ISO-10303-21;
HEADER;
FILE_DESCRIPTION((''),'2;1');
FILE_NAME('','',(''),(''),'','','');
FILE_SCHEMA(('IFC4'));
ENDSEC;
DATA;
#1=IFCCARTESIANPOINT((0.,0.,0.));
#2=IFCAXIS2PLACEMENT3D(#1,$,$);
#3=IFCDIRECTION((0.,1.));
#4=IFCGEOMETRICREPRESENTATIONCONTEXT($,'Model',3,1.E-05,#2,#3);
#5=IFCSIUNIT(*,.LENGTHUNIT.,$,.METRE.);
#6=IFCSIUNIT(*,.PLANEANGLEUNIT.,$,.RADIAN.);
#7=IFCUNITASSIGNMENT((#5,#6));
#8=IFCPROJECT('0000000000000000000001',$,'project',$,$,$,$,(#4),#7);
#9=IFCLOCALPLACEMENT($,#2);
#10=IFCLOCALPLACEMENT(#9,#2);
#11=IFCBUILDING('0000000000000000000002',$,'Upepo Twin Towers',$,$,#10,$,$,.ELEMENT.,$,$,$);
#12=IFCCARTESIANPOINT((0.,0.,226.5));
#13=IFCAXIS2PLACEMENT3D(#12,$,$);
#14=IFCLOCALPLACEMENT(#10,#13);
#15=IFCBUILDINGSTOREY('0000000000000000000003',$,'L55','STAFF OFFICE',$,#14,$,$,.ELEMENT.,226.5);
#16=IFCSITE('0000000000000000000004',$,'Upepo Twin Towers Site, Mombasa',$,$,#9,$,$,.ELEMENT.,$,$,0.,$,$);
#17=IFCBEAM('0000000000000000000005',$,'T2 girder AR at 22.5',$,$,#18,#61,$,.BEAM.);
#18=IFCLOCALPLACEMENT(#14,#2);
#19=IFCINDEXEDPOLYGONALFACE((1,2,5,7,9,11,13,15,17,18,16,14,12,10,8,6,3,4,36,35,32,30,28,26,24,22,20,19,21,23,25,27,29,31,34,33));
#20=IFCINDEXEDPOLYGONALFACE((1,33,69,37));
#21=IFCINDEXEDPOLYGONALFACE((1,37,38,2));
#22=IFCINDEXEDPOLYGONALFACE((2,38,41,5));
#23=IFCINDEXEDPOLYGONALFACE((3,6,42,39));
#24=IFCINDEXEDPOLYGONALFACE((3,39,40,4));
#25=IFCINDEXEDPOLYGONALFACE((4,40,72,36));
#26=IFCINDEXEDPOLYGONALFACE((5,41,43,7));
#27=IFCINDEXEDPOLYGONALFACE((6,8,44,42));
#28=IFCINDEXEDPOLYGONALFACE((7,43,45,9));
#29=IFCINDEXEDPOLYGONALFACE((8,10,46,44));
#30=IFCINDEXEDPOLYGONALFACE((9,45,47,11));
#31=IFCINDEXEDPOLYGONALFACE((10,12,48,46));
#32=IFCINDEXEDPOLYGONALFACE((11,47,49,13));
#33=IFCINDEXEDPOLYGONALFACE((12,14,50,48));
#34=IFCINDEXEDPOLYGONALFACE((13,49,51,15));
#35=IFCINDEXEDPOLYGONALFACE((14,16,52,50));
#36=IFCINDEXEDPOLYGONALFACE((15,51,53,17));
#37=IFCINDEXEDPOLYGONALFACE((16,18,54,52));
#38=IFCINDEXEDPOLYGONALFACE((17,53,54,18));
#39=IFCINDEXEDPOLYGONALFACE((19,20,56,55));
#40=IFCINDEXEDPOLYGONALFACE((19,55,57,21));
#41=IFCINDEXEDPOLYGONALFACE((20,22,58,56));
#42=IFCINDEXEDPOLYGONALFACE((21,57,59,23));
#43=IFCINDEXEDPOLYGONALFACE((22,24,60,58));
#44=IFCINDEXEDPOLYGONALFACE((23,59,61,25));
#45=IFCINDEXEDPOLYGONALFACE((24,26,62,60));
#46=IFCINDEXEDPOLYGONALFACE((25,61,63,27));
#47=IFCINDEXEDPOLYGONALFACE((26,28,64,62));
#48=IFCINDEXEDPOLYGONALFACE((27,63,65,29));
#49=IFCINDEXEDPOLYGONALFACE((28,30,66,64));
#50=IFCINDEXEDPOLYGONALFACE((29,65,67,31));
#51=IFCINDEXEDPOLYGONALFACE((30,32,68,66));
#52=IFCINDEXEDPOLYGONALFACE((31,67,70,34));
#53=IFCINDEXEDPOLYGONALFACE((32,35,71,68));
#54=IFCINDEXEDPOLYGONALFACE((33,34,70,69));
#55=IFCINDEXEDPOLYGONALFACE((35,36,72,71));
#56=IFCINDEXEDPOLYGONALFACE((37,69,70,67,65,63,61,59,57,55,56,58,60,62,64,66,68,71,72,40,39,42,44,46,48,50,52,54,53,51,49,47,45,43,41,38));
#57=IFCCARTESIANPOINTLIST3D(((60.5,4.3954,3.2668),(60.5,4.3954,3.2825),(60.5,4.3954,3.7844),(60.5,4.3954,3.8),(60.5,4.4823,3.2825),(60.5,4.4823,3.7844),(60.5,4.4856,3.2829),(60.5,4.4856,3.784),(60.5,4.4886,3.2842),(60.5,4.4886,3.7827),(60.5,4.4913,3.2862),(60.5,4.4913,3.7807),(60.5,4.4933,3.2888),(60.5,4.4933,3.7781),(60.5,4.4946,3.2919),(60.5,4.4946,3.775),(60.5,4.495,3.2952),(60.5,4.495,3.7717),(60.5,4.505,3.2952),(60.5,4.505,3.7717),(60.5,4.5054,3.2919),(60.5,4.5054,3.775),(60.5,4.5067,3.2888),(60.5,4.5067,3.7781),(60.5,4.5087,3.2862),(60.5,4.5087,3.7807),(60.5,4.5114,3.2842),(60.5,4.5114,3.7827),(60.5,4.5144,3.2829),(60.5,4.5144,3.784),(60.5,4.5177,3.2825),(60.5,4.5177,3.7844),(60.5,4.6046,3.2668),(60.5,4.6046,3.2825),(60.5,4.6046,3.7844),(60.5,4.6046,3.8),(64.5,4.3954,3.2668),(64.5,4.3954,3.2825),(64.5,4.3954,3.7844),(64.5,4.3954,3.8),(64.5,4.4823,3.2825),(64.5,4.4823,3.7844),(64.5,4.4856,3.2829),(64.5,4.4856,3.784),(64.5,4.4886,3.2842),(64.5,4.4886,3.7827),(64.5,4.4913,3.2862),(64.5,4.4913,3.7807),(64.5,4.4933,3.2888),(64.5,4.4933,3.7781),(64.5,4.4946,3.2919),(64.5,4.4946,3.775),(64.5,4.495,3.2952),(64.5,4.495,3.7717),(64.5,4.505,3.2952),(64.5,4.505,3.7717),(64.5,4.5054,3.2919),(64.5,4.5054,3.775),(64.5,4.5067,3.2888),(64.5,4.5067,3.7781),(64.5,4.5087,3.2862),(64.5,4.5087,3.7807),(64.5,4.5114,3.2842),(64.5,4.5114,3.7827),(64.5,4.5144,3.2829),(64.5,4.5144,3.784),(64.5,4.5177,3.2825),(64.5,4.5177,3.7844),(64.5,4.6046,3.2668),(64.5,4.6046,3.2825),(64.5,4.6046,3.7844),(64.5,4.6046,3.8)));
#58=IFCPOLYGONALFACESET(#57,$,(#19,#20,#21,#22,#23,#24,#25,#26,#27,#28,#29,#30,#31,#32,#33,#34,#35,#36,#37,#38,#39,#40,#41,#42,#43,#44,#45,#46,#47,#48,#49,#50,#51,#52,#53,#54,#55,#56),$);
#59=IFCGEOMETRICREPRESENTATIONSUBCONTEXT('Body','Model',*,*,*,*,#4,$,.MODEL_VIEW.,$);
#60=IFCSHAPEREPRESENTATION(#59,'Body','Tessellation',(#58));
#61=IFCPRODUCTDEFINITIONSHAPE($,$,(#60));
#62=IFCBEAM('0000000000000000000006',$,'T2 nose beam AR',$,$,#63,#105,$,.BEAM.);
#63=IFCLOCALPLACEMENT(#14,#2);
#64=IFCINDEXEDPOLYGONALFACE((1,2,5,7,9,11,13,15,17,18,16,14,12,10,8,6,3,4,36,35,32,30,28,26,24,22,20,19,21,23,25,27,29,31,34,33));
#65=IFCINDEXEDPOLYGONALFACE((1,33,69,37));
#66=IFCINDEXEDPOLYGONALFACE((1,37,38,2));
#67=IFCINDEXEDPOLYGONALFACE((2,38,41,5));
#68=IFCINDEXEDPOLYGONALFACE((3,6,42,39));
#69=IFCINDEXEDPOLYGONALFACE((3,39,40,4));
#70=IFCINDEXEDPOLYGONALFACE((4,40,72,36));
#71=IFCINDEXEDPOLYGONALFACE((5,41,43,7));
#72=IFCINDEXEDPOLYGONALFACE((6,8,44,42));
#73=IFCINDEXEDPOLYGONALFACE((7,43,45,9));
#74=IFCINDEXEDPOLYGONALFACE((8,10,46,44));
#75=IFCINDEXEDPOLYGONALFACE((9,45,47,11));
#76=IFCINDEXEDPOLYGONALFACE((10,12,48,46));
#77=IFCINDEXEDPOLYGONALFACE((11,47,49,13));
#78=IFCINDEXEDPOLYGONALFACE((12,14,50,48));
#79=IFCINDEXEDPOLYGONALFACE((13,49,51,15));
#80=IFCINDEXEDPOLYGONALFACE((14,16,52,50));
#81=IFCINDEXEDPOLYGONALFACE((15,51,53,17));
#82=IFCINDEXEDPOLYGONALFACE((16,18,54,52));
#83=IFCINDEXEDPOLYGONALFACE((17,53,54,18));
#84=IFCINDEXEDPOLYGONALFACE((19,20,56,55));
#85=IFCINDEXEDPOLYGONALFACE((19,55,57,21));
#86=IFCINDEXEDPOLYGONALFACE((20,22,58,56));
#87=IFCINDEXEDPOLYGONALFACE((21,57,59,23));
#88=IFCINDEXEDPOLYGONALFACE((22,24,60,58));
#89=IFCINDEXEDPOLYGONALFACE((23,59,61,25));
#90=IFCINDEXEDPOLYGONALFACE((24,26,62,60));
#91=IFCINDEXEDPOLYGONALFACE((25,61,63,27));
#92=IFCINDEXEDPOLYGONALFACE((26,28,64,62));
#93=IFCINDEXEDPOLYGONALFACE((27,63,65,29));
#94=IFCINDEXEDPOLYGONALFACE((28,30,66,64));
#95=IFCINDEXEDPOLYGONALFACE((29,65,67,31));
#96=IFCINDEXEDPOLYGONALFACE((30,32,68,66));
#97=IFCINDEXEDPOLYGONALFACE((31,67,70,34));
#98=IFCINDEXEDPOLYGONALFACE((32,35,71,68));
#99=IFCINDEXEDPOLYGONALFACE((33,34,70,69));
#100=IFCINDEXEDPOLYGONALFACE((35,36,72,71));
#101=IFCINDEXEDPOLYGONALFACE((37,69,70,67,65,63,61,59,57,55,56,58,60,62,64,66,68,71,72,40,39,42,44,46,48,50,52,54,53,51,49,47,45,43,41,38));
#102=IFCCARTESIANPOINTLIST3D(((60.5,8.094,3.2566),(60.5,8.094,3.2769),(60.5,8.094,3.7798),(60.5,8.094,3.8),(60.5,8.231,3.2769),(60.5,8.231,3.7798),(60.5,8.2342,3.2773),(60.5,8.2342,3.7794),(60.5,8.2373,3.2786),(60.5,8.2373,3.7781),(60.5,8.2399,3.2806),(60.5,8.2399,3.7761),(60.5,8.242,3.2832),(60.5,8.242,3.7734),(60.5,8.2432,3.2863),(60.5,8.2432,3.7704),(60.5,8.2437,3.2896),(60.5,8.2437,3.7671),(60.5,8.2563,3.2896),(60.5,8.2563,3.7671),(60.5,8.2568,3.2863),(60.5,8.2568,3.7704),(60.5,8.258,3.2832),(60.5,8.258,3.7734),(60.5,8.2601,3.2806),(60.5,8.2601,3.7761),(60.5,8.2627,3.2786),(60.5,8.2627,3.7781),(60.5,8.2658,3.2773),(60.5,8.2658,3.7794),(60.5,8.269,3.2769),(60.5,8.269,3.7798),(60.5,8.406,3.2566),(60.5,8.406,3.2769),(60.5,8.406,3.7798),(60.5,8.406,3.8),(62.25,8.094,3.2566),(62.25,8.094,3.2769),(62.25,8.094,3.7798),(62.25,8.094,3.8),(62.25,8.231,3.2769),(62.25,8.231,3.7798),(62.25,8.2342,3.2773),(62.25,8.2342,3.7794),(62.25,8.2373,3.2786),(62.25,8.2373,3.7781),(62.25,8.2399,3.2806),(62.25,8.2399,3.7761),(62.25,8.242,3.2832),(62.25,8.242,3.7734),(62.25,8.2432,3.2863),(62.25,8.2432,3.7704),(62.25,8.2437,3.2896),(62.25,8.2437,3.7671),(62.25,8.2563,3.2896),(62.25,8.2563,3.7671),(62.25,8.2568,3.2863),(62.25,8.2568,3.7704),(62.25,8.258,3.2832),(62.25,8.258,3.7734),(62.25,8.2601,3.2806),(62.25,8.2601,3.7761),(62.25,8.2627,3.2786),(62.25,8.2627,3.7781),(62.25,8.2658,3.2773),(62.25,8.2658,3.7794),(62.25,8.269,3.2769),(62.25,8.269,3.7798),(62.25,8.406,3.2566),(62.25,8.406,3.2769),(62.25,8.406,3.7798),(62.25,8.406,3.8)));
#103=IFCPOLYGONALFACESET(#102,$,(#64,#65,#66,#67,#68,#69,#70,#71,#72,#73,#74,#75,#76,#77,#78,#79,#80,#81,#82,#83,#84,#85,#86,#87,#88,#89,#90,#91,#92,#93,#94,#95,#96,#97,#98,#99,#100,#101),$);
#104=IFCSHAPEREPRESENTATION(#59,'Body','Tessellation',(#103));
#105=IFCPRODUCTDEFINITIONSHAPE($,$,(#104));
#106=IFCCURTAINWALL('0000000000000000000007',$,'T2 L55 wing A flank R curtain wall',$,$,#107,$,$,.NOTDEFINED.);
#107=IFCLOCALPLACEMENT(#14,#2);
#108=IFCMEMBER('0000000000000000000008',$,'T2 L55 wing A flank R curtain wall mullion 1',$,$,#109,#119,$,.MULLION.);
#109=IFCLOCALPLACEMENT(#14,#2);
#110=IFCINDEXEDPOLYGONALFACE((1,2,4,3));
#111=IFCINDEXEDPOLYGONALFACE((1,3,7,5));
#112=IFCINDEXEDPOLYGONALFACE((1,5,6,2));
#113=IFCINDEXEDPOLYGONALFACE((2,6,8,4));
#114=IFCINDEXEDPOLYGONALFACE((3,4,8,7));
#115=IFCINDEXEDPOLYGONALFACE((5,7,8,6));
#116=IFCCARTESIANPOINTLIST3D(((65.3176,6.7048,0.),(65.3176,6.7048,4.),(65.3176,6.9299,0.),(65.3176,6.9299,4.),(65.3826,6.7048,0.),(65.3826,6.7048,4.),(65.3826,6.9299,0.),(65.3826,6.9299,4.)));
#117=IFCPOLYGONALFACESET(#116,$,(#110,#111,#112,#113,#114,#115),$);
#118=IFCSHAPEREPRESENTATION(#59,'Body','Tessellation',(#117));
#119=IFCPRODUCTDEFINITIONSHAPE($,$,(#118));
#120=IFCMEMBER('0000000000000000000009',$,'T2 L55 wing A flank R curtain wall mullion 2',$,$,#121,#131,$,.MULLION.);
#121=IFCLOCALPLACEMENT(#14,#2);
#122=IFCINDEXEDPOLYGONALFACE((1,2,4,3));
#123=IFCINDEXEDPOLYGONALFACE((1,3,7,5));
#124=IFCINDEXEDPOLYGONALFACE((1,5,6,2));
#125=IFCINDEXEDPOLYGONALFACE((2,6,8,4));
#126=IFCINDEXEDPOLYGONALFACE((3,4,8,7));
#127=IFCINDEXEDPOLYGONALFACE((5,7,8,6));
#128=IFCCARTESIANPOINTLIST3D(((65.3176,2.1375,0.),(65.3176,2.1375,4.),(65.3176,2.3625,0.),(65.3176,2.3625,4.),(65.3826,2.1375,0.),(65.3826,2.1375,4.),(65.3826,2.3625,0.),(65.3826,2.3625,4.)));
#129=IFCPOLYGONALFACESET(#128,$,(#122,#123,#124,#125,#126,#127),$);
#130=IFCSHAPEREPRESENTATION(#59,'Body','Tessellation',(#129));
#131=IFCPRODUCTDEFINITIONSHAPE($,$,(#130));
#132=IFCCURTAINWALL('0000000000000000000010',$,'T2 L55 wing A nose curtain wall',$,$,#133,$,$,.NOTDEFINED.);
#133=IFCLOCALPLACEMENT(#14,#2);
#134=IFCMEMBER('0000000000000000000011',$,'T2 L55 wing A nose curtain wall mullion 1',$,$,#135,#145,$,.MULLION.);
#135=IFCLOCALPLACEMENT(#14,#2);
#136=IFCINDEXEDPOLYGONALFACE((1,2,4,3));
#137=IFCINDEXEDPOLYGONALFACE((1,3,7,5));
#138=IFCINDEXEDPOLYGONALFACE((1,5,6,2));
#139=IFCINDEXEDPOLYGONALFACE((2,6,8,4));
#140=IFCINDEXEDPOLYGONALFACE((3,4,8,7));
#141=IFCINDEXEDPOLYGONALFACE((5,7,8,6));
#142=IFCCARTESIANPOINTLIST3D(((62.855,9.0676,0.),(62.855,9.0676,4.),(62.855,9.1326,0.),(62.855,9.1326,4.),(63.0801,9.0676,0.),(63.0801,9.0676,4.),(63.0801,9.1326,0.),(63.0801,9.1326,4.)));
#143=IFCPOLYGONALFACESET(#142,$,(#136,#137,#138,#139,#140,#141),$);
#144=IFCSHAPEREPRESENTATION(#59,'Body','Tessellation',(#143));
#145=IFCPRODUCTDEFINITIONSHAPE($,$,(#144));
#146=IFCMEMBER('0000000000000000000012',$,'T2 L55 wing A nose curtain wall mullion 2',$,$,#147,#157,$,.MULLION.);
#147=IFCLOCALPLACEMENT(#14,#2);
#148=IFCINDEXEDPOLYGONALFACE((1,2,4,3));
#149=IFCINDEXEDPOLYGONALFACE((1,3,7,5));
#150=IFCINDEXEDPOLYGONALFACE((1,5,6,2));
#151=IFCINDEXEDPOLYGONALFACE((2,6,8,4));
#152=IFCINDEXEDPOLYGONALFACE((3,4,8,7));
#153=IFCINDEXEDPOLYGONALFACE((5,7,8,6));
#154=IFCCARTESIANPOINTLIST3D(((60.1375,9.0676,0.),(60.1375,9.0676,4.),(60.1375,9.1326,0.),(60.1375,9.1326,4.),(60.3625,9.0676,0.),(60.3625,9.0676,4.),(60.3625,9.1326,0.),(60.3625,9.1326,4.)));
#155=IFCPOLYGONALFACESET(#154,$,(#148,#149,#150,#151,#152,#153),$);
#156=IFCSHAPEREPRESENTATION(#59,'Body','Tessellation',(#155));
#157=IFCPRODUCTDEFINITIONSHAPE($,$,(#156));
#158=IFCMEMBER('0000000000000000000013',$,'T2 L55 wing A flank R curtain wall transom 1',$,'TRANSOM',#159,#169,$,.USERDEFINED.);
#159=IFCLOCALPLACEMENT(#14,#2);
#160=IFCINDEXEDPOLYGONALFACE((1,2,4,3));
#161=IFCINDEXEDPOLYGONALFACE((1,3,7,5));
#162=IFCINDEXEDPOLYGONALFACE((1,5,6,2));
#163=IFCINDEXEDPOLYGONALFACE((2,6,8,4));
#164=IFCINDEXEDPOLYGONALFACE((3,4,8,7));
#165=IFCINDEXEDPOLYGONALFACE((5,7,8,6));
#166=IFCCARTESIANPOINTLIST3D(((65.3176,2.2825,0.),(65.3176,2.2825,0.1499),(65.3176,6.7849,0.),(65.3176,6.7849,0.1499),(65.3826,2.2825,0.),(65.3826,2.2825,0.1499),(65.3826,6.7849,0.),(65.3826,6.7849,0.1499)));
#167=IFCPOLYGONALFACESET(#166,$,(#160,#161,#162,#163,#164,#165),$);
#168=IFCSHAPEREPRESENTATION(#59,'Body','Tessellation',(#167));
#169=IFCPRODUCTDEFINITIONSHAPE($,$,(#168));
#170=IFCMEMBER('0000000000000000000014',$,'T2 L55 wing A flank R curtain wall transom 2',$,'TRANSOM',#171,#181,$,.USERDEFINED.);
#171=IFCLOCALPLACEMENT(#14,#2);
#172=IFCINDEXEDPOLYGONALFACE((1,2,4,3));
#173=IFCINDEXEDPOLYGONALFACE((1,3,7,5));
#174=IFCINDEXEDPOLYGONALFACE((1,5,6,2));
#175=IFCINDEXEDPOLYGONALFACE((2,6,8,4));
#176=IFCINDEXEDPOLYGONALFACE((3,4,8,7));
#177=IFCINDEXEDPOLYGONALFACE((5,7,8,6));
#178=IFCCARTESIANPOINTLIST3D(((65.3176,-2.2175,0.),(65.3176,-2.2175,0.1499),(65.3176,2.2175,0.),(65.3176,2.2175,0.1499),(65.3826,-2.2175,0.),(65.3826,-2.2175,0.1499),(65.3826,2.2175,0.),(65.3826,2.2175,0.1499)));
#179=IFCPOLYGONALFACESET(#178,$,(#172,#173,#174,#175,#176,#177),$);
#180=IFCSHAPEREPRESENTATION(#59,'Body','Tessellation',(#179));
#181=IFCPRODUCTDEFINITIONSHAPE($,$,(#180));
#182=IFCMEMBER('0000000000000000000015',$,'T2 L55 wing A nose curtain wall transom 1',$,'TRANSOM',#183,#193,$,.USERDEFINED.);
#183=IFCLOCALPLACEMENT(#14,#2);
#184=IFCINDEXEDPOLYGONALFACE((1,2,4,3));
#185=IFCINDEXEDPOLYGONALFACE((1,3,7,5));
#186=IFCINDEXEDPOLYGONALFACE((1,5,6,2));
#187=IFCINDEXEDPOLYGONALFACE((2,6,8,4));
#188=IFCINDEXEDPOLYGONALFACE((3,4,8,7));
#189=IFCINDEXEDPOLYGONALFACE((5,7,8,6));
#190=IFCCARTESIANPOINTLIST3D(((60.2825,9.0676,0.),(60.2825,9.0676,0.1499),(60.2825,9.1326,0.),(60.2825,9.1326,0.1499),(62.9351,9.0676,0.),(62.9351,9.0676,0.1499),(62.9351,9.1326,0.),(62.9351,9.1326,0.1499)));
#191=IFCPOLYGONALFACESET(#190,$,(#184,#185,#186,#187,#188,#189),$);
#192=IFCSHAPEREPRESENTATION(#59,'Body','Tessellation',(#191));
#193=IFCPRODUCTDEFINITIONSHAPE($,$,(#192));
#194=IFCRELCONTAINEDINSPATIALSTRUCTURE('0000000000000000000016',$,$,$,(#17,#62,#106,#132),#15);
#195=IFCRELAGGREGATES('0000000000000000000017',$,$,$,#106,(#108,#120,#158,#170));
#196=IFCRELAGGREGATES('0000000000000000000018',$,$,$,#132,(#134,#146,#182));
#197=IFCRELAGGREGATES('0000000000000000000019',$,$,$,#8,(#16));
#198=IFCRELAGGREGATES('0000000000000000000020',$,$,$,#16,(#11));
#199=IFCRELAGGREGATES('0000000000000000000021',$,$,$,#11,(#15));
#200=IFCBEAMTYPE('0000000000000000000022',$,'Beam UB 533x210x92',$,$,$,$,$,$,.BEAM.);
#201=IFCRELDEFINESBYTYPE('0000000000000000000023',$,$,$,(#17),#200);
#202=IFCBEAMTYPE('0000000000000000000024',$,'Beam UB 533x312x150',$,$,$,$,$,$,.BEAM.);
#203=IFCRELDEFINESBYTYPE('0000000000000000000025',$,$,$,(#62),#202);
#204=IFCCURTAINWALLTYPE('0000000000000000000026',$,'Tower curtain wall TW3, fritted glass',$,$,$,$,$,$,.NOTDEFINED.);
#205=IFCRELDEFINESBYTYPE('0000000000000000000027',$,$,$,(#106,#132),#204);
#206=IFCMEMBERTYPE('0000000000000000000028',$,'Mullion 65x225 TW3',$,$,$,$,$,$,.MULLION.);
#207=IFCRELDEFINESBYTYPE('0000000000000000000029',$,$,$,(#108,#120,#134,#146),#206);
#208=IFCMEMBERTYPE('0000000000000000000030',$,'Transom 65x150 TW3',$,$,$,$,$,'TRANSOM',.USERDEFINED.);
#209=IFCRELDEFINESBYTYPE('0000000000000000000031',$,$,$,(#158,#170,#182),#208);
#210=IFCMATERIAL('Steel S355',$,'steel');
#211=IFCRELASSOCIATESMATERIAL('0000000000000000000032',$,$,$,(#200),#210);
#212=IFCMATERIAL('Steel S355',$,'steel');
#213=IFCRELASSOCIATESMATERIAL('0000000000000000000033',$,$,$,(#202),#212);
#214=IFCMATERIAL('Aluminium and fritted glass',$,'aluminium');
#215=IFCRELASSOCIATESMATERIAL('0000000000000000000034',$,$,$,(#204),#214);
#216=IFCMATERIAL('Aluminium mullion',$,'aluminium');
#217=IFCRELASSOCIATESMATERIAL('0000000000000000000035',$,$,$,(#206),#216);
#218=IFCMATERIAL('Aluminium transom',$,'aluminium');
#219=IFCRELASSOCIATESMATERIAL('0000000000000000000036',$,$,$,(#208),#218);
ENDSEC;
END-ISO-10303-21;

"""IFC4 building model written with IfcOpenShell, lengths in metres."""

from ifc_helpers import new_model, si_unit, direction, frame, origin, origin_2d, place, context, subcontext, project, spatial, rectangle, i_section, extrude, material, material_profile, profile_set, type_object, element, aggregate, save


model = new_model("IFC4")

# Units and contexts
model_context = context("Model", 3, precision=1e-05, world=origin(), true_north=direction((0.0, 1.0)))
body_context = subcontext(model_context, "Body", "Model", "MODEL_VIEW")
ifc_project = project(units=[si_unit("LENGTHUNIT", "METRE"), si_unit("PLANEANGLEUNIT", "RADIAN")], contexts=[model_context])

# Site, building, storey
site_placement = place(None, origin())
site = spatial("IfcSite", under=ifc_project, at=site_placement, Name="Upepo Twin Towers Site, Mombasa", CompositionType="ELEMENT", RefElevation=0.0)
building_placement = place(site_placement, origin())
building = spatial("IfcBuilding", under=site, at=building_placement, Name="Upepo Twin Towers", CompositionType="ELEMENT")
storey_placement = place(building_placement, frame((0.0, 0.0, 226.5)))
storey = spatial("IfcBuildingStorey", under=building, at=storey_placement, Name="L55", Description="STAFF OFFICE", CompositionType="ELEMENT", Elevation=226.5)

# Beams
ifc_material_1 = material(Name="Steel S355", Category="steel")
ifc_material_profile_1 = material_profile(ifc_material_1, i_section(OverallWidth=0.2092, OverallDepth=0.5332, WebThickness=0.01, FlangeThickness=0.0156, FilletRadius=0.0127, at=origin_2d()), Name="UB 533x210x92")
ifc_profile_set_1 = profile_set([ifc_material_profile_1], Name="Steel S355")
beam_type_1 = type_object("IfcBeamType", Name="Beam UB 533x210x92", PredefinedType="BEAM", material=ifc_profile_set_1)
for number, where, z_axis, x_axis, name in (
    (1, (64.5, 4.5, 3.5334), (-1.0, 0.0, 0.0), (0.0, -1.0, 0.0), "T2 girder AR at 22.5"),
):
    element("IfcBeam", number, at=place(storey_placement, frame(where, z_axis=z_axis, x_axis=x_axis)), inside=storey, type_object=beam_type_1, Name=name, PredefinedType="BEAM", context=body_context, shape_type="SweptSolid", body=[
        extrude(i_section(OverallWidth=0.2092, OverallDepth=0.5332, WebThickness=0.01, FlangeThickness=0.0156, FilletRadius=0.0127, at=origin_2d()), origin(), (0.0, 0.0, 1.0), 4.0),
    ])
ifc_material_2 = material(Name="Steel S355", Category="steel")
ifc_material_profile_2 = material_profile(ifc_material_2, i_section(OverallWidth=0.312, OverallDepth=0.5435, WebThickness=0.0127, FlangeThickness=0.0203, FilletRadius=0.0127, at=origin_2d()), Name="UB 533x312x150")
ifc_profile_set_2 = profile_set([ifc_material_profile_2], Name="Steel S355")
beam_type_2 = type_object("IfcBeamType", Name="Beam UB 533x312x150", PredefinedType="BEAM", material=ifc_profile_set_2)
beam_1_placement = place(storey_placement, frame((62.25, 8.25, 3.5283), z_axis=(-1.0, 0.0, 0.0), x_axis=(0.0, -1.0, 0.0)))
element("IfcBeam", 2, at=beam_1_placement, inside=storey, type_object=beam_type_2, Name="T2 nose beam AR", PredefinedType="BEAM", context=body_context, shape_type="SweptSolid", body=[
    extrude(i_section(OverallWidth=0.312, OverallDepth=0.5435, WebThickness=0.0127, FlangeThickness=0.0203, FilletRadius=0.0127, at=origin_2d()), origin(), (0.0, 0.0, 1.0), 1.75),
])

# Curtain walls, members
ifc_material_3 = material(Name="Aluminium and fritted glass", Category="aluminium")
curtain_wall_type = type_object("IfcCurtainWallType", Name="Tower curtain wall TW3, fritted glass", PredefinedType="NOTDEFINED", material=ifc_material_3)
curtain_wall_1_placement = place(storey_placement, origin())
curtain_wall_1 = element("IfcCurtainWall", 3, at=curtain_wall_1_placement, inside=storey, type_object=curtain_wall_type, Name="T2 L55 wing A flank R curtain wall", PredefinedType="NOTDEFINED")
ifc_material_4 = material(Name="Aluminium mullion", Category="aluminium")
ifc_material_profile_3 = material_profile(ifc_material_4, rectangle(XDim=0.0649, YDim=0.2251, at=origin_2d()), Name="MULLION 65x225")
ifc_profile_set_3 = profile_set([ifc_material_profile_3], Name="Aluminium mullion")
member_type_1 = type_object("IfcMemberType", Name="Mullion 65x225 TW3", PredefinedType="MULLION", material=ifc_profile_set_3)
member_1_placement = place(storey_placement, frame((65.3501, 6.8174, 0.0), z_axis=(0.0, 0.0, 1.0), x_axis=(1.0, 0.0, 0.0)))
member_1 = element("IfcMember", 4, at=member_1_placement, type_object=member_type_1, Name="T2 L55 wing A flank R curtain wall mullion 1", PredefinedType="MULLION", context=body_context, shape_type="SweptSolid", body=[
    extrude(rectangle(XDim=0.0649, YDim=0.2251, at=origin_2d()), origin(), (0.0, 0.0, 1.0), 4.0),
])
member_2_placement = place(storey_placement, frame((65.3501, 2.25, 0.0), z_axis=(0.0, 0.0, 1.0), x_axis=(1.0, 0.0, 0.0)))
member_2 = element("IfcMember", 5, at=member_2_placement, type_object=member_type_1, Name="T2 L55 wing A flank R curtain wall mullion 2", PredefinedType="MULLION", context=body_context, shape_type="SweptSolid", body=[
    extrude(rectangle(XDim=0.0649, YDim=0.2251, at=origin_2d()), origin(), (0.0, 0.0, 1.0), 4.0),
])
curtain_wall_2_placement = place(storey_placement, origin())
curtain_wall_2 = element("IfcCurtainWall", 6, at=curtain_wall_2_placement, inside=storey, type_object=curtain_wall_type, Name="T2 L55 wing A nose curtain wall", PredefinedType="NOTDEFINED")
member_3_placement = place(storey_placement, frame((62.9675, 9.1001, 0.0), z_axis=(0.0, 0.0, 1.0), x_axis=(0.0, -1.0, 0.0)))
member_3 = element("IfcMember", 7, at=member_3_placement, type_object=member_type_1, Name="T2 L55 wing A nose curtain wall mullion 1", PredefinedType="MULLION", context=body_context, shape_type="SweptSolid", body=[
    extrude(rectangle(XDim=0.0649, YDim=0.2251, at=origin_2d()), origin(), (0.0, 0.0, 1.0), 4.0),
])
member_4_placement = place(storey_placement, frame((60.25, 9.1001, 0.0), z_axis=(0.0, 0.0, 1.0), x_axis=(0.0, -1.0, 0.0)))
member_4 = element("IfcMember", 8, at=member_4_placement, type_object=member_type_1, Name="T2 L55 wing A nose curtain wall mullion 2", PredefinedType="MULLION", context=body_context, shape_type="SweptSolid", body=[
    extrude(rectangle(XDim=0.0649, YDim=0.2251, at=origin_2d()), origin(), (0.0, 0.0, 1.0), 4.0),
])

# Members
ifc_material_5 = material(Name="Aluminium transom", Category="aluminium")
ifc_material_profile_4 = material_profile(ifc_material_5, rectangle(XDim=0.0649, YDim=0.1499, at=origin_2d()), Name="TRANSOM 65x150")
ifc_profile_set_4 = profile_set([ifc_material_profile_4], Name="Aluminium transom")
member_type_2 = type_object("IfcMemberType", Name="Transom 65x150 TW3", ElementType="TRANSOM", PredefinedType="USERDEFINED", material=ifc_profile_set_4)
member_5_placement = place(storey_placement, frame((65.3501, 6.7849, 0.075), z_axis=(0.0, -1.0, 0.0), x_axis=(1.0, 0.0, 0.0)))
member_5 = element("IfcMember", 9, at=member_5_placement, type_object=member_type_2, Name="T2 L55 wing A flank R curtain wall transom 1", ObjectType="TRANSOM", PredefinedType="USERDEFINED", context=body_context, shape_type="SweptSolid", body=[
    extrude(rectangle(XDim=0.0649, YDim=0.1499, at=origin_2d()), origin(), (0.0, 0.0, 1.0), 4.5024),
])
member_6_placement = place(storey_placement, frame((65.3501, 2.2175, 0.075), z_axis=(0.0, -1.0, 0.0), x_axis=(1.0, 0.0, 0.0)))
member_6 = element("IfcMember", 10, at=member_6_placement, type_object=member_type_2, Name="T2 L55 wing A flank R curtain wall transom 2", ObjectType="TRANSOM", PredefinedType="USERDEFINED", context=body_context, shape_type="SweptSolid", body=[
    extrude(rectangle(XDim=0.0649, YDim=0.1499, at=origin_2d()), origin(), (0.0, 0.0, 1.0), 4.4351),
])
member_7_placement = place(storey_placement, frame((62.9351, 9.1001, 0.075), z_axis=(-1.0, 0.0, 0.0), x_axis=(0.0, -1.0, 0.0)))
member_7 = element("IfcMember", 11, at=member_7_placement, type_object=member_type_2, Name="T2 L55 wing A nose curtain wall transom 1", ObjectType="TRANSOM", PredefinedType="USERDEFINED", context=body_context, shape_type="SweptSolid", body=[
    extrude(rectangle(XDim=0.0649, YDim=0.1499, at=origin_2d()), origin(), (0.0, 0.0, 1.0), 2.6526),
])

aggregate(curtain_wall_1, [member_1, member_2, member_5, member_6])
aggregate(curtain_wall_2, [member_3, member_4, member_7])

save(model, "model.ifc")
